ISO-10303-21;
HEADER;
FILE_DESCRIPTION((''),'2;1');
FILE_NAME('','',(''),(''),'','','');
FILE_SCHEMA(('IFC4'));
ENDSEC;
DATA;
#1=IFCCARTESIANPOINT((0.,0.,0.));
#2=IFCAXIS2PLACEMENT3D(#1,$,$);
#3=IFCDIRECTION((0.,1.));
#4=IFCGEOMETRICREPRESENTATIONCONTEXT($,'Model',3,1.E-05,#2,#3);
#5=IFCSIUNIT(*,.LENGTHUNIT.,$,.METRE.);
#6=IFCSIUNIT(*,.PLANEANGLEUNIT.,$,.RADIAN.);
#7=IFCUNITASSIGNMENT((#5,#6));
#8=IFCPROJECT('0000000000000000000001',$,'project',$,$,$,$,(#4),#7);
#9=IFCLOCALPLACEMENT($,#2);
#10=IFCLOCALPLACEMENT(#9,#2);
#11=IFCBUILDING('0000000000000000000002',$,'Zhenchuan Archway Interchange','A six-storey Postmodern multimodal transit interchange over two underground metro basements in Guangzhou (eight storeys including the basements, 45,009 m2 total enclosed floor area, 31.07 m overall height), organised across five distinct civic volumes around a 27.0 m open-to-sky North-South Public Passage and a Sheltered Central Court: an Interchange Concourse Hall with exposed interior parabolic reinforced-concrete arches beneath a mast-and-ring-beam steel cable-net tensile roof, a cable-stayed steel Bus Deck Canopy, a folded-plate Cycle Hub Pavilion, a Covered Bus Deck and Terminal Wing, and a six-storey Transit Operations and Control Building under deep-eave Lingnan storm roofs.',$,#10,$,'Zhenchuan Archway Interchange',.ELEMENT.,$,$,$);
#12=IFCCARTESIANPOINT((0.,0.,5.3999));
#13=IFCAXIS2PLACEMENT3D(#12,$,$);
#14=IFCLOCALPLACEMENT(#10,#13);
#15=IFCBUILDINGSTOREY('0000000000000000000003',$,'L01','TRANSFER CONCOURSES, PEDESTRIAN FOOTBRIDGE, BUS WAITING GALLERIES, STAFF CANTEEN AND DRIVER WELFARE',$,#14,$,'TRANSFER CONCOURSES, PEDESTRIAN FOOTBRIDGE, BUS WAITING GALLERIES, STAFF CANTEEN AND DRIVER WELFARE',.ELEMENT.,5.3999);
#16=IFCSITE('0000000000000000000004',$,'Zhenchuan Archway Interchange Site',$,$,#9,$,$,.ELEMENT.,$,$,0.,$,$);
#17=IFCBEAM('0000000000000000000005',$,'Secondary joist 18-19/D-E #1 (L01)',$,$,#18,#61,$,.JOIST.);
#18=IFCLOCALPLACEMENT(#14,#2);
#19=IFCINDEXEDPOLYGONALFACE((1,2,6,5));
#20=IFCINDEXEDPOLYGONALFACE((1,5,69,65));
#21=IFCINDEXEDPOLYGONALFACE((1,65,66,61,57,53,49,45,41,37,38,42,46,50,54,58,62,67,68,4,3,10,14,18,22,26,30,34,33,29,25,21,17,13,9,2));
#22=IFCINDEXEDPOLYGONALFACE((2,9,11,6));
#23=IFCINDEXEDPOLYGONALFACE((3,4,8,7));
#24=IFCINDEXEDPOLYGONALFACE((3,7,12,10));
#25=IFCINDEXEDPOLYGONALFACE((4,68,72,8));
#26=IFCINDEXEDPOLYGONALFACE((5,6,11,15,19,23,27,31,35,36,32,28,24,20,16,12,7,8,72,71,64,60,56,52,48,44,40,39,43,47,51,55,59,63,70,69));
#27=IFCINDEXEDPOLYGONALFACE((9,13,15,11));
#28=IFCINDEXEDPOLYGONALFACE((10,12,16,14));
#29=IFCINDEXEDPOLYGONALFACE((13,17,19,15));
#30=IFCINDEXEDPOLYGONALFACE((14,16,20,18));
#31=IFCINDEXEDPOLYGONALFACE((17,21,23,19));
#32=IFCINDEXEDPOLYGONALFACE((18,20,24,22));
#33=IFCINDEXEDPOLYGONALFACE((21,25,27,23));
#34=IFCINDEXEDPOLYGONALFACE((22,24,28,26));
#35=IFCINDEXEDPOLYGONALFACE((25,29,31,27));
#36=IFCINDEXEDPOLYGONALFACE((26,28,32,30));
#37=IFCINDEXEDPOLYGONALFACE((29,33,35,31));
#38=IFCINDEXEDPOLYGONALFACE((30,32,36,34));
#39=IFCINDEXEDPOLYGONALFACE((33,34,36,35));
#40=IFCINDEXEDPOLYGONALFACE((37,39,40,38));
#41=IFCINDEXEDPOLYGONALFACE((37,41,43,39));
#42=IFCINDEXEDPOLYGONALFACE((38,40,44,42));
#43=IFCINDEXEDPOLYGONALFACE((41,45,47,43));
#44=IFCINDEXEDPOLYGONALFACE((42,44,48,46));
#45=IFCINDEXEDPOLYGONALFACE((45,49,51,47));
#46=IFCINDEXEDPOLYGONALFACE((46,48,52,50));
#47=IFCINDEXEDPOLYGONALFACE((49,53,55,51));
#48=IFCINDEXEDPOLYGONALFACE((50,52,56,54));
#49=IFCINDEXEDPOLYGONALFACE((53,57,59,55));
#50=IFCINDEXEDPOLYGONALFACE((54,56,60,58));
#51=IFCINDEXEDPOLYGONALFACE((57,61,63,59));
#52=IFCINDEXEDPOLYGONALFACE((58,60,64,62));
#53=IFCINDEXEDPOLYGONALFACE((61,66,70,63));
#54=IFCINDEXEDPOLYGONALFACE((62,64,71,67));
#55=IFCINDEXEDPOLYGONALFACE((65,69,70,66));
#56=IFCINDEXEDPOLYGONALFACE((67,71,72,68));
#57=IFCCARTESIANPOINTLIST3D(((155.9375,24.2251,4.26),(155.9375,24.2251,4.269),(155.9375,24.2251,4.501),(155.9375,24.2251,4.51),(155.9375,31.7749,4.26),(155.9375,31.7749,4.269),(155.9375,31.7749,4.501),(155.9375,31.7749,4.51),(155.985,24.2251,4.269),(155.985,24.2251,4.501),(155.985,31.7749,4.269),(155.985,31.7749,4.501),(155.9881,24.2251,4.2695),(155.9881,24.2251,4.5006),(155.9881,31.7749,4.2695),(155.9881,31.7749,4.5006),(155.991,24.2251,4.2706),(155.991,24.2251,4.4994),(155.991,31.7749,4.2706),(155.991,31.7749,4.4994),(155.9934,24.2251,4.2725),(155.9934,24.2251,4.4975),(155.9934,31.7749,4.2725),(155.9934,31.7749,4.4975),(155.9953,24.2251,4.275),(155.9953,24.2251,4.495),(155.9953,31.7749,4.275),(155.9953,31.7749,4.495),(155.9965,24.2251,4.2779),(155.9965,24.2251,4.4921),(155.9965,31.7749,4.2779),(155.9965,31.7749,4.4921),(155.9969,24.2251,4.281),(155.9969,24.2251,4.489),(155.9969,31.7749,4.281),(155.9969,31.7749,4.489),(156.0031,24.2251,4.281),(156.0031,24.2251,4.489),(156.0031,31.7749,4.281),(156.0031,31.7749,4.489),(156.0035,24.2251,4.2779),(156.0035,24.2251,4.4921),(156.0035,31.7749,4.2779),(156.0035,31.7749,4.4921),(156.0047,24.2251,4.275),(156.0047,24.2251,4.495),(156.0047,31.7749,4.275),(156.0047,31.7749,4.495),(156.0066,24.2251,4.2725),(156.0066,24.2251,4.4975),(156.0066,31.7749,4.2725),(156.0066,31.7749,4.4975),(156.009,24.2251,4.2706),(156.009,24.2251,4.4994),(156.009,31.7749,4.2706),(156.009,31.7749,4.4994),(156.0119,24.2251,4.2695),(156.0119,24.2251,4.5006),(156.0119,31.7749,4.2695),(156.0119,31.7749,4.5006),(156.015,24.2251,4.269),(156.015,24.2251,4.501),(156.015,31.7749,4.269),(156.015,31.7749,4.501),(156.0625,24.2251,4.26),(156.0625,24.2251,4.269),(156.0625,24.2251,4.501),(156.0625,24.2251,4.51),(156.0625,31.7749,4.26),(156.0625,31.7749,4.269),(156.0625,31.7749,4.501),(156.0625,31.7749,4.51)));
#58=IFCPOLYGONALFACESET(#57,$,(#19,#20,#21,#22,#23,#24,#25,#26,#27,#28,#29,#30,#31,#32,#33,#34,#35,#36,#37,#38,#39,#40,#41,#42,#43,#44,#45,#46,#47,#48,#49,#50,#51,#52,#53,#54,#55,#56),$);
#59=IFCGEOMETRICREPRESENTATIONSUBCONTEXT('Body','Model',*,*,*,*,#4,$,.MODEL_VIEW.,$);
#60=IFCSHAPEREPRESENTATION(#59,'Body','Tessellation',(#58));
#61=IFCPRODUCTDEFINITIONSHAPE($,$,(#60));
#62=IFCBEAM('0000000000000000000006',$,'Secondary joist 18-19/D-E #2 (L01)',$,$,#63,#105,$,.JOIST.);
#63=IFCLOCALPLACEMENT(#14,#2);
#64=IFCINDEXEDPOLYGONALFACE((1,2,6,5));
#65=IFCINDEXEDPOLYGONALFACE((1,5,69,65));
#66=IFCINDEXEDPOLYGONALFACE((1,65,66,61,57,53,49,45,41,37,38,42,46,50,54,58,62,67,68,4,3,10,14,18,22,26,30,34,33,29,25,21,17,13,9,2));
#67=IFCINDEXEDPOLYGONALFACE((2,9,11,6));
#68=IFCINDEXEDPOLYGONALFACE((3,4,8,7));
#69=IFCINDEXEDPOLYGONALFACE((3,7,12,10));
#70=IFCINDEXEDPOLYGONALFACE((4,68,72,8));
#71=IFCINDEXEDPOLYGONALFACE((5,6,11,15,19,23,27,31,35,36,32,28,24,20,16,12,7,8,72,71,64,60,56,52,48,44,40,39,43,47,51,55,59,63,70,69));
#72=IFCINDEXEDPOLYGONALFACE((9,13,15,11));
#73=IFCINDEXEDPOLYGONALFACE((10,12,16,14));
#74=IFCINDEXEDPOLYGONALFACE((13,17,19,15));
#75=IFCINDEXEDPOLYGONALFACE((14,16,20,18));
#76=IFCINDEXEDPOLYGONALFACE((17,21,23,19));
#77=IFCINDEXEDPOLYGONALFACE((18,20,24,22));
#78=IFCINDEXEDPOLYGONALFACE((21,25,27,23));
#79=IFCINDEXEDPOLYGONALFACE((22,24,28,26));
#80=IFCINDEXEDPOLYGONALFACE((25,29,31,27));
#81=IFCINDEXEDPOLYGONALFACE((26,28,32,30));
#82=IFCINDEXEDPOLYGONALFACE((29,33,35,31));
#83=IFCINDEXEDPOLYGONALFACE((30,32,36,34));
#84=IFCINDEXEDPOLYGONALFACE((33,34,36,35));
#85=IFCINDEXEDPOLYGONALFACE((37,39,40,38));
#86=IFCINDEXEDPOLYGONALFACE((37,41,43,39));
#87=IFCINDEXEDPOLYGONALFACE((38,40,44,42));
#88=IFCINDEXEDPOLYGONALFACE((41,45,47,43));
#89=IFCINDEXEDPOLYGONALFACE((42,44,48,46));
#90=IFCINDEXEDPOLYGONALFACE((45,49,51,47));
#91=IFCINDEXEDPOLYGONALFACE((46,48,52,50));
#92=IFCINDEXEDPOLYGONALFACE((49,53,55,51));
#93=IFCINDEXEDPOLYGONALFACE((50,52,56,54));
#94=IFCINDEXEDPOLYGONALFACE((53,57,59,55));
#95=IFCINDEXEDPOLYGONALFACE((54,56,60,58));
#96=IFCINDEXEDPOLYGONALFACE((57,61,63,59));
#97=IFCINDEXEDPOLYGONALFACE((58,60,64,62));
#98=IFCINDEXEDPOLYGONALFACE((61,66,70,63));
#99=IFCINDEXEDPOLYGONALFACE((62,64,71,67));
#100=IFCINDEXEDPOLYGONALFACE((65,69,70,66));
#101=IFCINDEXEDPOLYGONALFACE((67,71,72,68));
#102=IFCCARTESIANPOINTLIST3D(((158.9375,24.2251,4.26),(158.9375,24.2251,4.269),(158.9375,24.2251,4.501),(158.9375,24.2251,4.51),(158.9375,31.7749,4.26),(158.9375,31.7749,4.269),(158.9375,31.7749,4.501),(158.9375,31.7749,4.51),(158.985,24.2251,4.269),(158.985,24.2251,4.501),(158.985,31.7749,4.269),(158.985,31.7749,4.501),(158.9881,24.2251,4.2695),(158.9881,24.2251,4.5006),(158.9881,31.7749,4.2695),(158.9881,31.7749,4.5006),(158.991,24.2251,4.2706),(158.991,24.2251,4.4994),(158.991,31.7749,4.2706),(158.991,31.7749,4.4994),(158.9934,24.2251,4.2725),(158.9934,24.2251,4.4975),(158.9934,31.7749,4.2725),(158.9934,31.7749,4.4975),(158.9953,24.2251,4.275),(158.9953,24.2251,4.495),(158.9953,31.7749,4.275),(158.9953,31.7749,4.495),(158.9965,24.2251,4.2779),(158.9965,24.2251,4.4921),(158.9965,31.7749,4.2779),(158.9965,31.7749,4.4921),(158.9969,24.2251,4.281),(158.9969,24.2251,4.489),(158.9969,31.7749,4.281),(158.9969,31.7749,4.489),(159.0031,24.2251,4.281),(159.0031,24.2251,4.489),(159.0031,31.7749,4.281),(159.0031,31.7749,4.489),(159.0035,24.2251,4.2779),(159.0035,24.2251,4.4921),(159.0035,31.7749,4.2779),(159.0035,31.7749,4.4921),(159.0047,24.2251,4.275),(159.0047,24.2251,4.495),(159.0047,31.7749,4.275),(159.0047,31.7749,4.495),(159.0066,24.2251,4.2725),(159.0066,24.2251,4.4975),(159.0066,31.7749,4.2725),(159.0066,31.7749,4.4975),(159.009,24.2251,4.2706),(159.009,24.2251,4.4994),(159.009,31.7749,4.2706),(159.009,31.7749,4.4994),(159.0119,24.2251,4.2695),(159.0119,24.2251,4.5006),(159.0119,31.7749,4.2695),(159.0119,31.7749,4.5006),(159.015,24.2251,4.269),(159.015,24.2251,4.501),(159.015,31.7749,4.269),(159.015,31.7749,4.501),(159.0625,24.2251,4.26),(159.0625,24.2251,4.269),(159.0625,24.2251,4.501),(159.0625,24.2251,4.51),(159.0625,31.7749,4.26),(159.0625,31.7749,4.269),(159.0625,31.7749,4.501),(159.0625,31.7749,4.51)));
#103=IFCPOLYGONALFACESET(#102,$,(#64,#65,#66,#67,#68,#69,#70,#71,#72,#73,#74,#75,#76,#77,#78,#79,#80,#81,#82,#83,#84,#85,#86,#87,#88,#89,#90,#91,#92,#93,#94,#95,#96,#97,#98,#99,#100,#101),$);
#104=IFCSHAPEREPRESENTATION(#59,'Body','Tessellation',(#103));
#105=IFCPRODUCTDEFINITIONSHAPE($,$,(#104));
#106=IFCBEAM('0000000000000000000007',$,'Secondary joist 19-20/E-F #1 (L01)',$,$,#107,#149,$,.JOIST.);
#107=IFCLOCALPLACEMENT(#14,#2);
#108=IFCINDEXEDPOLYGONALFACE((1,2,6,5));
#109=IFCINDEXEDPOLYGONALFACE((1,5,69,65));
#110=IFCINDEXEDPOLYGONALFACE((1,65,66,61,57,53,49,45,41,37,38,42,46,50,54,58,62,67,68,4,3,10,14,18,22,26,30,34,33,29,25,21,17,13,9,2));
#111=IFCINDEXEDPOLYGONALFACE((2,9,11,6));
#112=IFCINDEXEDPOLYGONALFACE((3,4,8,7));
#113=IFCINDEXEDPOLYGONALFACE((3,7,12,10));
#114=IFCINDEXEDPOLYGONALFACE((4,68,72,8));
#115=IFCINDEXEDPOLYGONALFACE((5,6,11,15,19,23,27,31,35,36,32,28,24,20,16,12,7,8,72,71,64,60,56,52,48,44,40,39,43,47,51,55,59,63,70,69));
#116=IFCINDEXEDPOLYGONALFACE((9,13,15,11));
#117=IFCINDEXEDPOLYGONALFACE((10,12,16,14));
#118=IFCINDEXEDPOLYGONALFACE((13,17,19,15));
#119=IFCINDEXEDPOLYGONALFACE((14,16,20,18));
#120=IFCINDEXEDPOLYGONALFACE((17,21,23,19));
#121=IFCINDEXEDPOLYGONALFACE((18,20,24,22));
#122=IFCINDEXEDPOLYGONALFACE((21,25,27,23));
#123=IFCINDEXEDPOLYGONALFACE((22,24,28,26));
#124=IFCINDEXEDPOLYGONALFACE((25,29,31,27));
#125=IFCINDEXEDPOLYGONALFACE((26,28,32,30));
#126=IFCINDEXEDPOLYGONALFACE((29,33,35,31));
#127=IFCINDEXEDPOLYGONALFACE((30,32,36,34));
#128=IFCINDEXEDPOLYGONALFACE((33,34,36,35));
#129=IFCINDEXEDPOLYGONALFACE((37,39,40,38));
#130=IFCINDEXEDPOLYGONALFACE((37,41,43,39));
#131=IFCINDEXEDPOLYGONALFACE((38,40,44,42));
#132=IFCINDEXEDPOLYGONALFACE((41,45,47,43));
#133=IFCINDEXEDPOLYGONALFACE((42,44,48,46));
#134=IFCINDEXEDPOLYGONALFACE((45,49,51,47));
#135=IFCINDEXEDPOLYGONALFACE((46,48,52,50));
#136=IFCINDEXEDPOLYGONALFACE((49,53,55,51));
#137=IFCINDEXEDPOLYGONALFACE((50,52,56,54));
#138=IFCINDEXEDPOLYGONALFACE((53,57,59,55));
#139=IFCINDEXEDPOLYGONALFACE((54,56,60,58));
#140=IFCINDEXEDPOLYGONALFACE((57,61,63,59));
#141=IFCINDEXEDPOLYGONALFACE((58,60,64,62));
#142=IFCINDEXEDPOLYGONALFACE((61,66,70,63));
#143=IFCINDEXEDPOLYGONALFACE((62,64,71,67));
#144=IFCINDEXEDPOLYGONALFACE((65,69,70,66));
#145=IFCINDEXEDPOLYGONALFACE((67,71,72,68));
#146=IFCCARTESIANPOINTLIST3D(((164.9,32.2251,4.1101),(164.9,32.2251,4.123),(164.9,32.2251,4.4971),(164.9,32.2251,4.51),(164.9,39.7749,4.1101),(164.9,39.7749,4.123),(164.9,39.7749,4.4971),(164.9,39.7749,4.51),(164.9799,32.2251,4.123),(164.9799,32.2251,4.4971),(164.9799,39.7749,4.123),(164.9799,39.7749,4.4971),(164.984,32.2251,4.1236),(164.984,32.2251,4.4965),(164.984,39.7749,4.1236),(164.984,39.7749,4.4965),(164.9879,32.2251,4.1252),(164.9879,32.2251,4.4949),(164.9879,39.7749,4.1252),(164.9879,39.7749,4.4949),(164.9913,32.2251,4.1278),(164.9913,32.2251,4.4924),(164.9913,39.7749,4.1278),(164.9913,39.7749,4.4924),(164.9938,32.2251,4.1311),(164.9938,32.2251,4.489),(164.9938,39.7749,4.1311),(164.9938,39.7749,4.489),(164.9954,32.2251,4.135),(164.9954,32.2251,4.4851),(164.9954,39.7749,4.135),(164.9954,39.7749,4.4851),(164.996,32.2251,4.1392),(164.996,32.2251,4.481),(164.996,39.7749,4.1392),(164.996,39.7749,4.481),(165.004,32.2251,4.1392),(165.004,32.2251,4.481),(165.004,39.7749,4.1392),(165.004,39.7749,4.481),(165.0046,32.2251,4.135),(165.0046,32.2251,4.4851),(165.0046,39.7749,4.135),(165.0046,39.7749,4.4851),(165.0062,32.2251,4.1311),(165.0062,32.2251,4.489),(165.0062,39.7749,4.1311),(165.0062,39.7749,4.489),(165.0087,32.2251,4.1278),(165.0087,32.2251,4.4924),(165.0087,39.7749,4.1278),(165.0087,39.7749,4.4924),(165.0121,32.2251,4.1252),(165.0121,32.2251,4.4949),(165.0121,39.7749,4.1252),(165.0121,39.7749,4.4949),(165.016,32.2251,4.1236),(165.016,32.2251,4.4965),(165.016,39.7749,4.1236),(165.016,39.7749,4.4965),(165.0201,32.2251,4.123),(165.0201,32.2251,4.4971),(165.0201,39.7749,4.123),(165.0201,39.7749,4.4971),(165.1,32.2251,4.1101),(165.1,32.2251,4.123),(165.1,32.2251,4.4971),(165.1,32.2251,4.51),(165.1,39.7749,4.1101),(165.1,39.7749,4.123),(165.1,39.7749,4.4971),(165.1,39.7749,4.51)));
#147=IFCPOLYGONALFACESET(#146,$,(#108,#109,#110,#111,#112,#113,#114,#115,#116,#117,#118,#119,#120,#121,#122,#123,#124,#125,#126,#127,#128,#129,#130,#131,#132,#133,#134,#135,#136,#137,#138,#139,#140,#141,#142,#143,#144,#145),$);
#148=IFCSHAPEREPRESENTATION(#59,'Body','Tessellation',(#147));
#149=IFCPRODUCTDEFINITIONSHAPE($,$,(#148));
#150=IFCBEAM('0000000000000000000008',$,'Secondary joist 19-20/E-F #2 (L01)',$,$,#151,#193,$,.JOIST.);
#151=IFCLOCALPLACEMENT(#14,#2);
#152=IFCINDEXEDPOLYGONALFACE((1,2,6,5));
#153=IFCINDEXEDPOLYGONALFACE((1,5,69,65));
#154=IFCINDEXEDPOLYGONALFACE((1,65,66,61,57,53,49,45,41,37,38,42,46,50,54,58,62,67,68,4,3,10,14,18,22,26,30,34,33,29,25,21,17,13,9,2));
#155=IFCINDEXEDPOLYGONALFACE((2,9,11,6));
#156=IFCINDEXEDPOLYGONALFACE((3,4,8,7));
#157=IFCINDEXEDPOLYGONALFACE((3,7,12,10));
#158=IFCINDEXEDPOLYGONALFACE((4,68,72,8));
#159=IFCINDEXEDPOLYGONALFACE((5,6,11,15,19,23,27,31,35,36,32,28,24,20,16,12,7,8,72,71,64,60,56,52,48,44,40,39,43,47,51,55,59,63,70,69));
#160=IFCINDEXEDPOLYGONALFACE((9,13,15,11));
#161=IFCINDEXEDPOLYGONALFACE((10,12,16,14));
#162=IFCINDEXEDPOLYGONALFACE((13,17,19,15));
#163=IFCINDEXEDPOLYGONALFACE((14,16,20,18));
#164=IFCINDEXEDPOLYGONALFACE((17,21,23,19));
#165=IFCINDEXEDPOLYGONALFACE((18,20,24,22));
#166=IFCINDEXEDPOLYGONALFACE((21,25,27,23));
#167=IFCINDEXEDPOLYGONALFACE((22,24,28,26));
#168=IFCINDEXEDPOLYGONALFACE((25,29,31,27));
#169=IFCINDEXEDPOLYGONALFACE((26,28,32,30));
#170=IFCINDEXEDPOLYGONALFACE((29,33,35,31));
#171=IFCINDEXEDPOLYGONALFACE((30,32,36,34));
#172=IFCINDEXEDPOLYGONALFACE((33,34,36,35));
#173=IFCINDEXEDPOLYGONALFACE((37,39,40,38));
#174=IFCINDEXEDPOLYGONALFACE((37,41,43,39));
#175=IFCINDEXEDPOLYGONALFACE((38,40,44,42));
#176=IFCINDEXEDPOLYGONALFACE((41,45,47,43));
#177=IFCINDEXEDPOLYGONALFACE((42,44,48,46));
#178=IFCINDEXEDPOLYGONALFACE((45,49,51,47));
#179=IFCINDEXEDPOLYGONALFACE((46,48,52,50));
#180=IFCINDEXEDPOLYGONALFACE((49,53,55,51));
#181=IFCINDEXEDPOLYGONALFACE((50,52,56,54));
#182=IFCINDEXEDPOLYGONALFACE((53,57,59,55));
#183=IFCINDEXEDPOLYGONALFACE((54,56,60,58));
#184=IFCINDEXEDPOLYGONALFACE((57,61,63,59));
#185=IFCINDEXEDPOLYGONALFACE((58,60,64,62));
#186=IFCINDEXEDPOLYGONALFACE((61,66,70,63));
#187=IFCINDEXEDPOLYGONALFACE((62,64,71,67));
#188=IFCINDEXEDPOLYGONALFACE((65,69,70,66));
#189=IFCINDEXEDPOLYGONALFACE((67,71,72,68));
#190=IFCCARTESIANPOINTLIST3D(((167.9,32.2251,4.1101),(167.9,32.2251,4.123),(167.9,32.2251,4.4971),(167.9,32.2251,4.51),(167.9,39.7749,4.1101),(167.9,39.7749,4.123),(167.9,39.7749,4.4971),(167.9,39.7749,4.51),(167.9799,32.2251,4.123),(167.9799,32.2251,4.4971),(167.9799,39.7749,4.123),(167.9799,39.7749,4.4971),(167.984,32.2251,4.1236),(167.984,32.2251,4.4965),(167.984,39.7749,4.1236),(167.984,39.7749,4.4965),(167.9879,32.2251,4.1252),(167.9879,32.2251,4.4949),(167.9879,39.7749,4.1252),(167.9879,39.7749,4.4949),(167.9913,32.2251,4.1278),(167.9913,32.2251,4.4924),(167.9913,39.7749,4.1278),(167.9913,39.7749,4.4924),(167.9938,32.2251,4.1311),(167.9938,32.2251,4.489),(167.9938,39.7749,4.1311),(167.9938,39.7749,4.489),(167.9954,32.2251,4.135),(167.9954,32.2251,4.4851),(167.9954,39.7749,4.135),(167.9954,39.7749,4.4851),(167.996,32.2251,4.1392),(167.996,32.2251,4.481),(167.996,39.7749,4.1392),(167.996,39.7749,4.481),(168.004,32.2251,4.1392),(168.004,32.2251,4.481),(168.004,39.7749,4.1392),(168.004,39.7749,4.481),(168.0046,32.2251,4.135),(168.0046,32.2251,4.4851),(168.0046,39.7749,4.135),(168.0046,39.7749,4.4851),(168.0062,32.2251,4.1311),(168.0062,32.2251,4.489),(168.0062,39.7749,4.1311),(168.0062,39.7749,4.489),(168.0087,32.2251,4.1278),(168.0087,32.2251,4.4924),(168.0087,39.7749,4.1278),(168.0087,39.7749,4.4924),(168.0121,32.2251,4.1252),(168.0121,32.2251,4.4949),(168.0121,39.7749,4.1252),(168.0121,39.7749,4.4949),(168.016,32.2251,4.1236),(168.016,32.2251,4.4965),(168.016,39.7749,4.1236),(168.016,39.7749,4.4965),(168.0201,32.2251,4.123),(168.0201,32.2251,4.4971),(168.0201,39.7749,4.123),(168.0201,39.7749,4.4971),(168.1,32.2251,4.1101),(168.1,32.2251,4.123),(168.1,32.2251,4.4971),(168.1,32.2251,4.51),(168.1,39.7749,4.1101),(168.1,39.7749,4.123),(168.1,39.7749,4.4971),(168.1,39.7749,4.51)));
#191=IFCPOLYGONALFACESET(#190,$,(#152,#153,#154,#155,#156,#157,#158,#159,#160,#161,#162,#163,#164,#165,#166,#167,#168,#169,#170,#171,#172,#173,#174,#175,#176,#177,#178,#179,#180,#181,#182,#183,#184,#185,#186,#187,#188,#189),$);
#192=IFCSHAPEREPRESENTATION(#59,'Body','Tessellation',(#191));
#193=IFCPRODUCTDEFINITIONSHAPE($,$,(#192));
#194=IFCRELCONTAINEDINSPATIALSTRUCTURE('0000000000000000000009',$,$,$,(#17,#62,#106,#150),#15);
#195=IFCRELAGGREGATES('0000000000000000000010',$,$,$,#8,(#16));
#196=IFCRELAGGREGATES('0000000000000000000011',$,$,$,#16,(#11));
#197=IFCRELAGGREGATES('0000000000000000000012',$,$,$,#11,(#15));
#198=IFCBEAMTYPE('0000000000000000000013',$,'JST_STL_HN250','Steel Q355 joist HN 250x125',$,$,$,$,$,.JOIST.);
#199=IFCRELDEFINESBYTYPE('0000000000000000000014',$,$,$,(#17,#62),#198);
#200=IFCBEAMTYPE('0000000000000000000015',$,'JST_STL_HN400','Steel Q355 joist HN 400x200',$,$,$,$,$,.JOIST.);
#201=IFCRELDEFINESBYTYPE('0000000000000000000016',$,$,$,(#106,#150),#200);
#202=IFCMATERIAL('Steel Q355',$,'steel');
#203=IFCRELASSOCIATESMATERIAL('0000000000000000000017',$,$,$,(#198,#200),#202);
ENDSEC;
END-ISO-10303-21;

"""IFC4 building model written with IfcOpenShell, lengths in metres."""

from ifc_helpers import new_model, si_unit, direction, frame, origin, origin_2d, place, context, subcontext, project, spatial, i_section, extrude, material, material_profile, profile_set, type_object, element, save


model = new_model("IFC4")

# Units and contexts
model_context = context("Model", 3, precision=1e-05, world=origin(), true_north=direction((0.0, 1.0)))
body_context = subcontext(model_context, "Body", "Model", "MODEL_VIEW")
ifc_project = project(units=[si_unit("LENGTHUNIT", "METRE"), si_unit("PLANEANGLEUNIT", "RADIAN")], contexts=[model_context])

# Site, building, storey
site_placement = place(None, origin())
site = spatial("IfcSite", under=ifc_project, at=site_placement, Name="Zhenchuan Archway Interchange Site", CompositionType="ELEMENT", RefElevation=0.0)
building_placement = place(site_placement, origin())
building = spatial("IfcBuilding", under=site, at=building_placement, Name="Zhenchuan Archway Interchange", Description="A six-storey Postmodern multimodal transit interchange over two underground metro basements in Guangzhou (eight storeys including the basements, 45,009 m2 total enclosed floor area, 31.07 m overall height), organised across five distinct civic volumes around a 27.0 m open-to-sky North-South Public Passage and a Sheltered Central Court: an Interchange Concourse Hall with exposed interior parabolic reinforced-concrete arches beneath a mast-and-ring-beam steel cable-net tensile roof, a cable-stayed steel Bus Deck Canopy, a folded-plate Cycle Hub Pavilion, a Covered Bus Deck and Terminal Wing, and a six-storey Transit Operations and Control Building under deep-eave Lingnan storm roofs.", LongName="Zhenchuan Archway Interchange", CompositionType="ELEMENT")
storey_placement = place(building_placement, frame((0.0, 0.0, 5.3999)))
storey = spatial("IfcBuildingStorey", under=building, at=storey_placement, Name="L01", Description="TRANSFER CONCOURSES, PEDESTRIAN FOOTBRIDGE, BUS WAITING GALLERIES, STAFF CANTEEN AND DRIVER WELFARE", LongName="TRANSFER CONCOURSES, PEDESTRIAN FOOTBRIDGE, BUS WAITING GALLERIES, STAFF CANTEEN AND DRIVER WELFARE", CompositionType="ELEMENT", Elevation=5.3999)

# Beams
ifc_material_1 = material(Name="Steel Q355", Category="steel")
ifc_material_profile_1 = material_profile(ifc_material_1, i_section(OverallWidth=0.125, OverallDepth=0.25, WebThickness=0.0061, FlangeThickness=0.009, FilletRadius=0.012, at=origin_2d()), Name="HN 250x125")
ifc_profile_set_1 = profile_set([ifc_material_profile_1], Name="Steel Q355")
beam_type_1 = type_object("IfcBeamType", Name="JST_STL_HN250", Description="Steel Q355 joist HN 250x125", PredefinedType="JOIST", material=ifc_profile_set_1)
for number, where, z_axis, x_axis, name in (
    (1, (156.0, 24.2251, 4.385), (0.0, 1.0, 0.0), (-1.0, 0.0, 0.0), "Secondary joist 18-19/D-E #1 (L01)"),
    (2, (159.0, 24.2251, 4.385), (0.0, 1.0, 0.0), (-1.0, 0.0, 0.0), "Secondary joist 18-19/D-E #2 (L01)"),
):
    element("IfcBeam", number, at=place(storey_placement, frame(where, z_axis=z_axis, x_axis=x_axis)), inside=storey, type_object=beam_type_1, Name=name, PredefinedType="JOIST", context=body_context, shape_type="SweptSolid", body=[
        extrude(i_section(OverallWidth=0.125, OverallDepth=0.25, WebThickness=0.0061, FlangeThickness=0.009, FilletRadius=0.012, at=origin_2d()), origin(), (0.0, 0.0, 1.0), 7.5498),
    ])
ifc_material_profile_2 = material_profile(ifc_material_1, i_section(OverallWidth=0.2, OverallDepth=0.3999, WebThickness=0.0081, FlangeThickness=0.0129, FilletRadius=0.0161, at=origin_2d()), Name="HN 400x200")
ifc_profile_set_2 = profile_set([ifc_material_profile_2], Name="Steel Q355")
beam_type_2 = type_object("IfcBeamType", Name="JST_STL_HN400", Description="Steel Q355 joist HN 400x200", PredefinedType="JOIST", material=ifc_profile_set_2)
for number, where, z_axis, x_axis, name in (
    (3, (165.0, 32.2251, 4.3101), (0.0, 1.0, 0.0), (-1.0, 0.0, 0.0), "Secondary joist 19-20/E-F #1 (L01)"),
    (4, (168.0, 32.2251, 4.3101), (0.0, 1.0, 0.0), (-1.0, 0.0, 0.0), "Secondary joist 19-20/E-F #2 (L01)"),
):
    element("IfcBeam", number, at=place(storey_placement, frame(where, z_axis=z_axis, x_axis=x_axis)), inside=storey, type_object=beam_type_2, Name=name, PredefinedType="JOIST", context=body_context, shape_type="SweptSolid", body=[
        extrude(i_section(OverallWidth=0.2, OverallDepth=0.3999, WebThickness=0.0081, FlangeThickness=0.0129, FilletRadius=0.0161, at=origin_2d()), origin(), (0.0, 0.0, 1.0), 7.5498),
    ])

save(model, "model.ifc")
